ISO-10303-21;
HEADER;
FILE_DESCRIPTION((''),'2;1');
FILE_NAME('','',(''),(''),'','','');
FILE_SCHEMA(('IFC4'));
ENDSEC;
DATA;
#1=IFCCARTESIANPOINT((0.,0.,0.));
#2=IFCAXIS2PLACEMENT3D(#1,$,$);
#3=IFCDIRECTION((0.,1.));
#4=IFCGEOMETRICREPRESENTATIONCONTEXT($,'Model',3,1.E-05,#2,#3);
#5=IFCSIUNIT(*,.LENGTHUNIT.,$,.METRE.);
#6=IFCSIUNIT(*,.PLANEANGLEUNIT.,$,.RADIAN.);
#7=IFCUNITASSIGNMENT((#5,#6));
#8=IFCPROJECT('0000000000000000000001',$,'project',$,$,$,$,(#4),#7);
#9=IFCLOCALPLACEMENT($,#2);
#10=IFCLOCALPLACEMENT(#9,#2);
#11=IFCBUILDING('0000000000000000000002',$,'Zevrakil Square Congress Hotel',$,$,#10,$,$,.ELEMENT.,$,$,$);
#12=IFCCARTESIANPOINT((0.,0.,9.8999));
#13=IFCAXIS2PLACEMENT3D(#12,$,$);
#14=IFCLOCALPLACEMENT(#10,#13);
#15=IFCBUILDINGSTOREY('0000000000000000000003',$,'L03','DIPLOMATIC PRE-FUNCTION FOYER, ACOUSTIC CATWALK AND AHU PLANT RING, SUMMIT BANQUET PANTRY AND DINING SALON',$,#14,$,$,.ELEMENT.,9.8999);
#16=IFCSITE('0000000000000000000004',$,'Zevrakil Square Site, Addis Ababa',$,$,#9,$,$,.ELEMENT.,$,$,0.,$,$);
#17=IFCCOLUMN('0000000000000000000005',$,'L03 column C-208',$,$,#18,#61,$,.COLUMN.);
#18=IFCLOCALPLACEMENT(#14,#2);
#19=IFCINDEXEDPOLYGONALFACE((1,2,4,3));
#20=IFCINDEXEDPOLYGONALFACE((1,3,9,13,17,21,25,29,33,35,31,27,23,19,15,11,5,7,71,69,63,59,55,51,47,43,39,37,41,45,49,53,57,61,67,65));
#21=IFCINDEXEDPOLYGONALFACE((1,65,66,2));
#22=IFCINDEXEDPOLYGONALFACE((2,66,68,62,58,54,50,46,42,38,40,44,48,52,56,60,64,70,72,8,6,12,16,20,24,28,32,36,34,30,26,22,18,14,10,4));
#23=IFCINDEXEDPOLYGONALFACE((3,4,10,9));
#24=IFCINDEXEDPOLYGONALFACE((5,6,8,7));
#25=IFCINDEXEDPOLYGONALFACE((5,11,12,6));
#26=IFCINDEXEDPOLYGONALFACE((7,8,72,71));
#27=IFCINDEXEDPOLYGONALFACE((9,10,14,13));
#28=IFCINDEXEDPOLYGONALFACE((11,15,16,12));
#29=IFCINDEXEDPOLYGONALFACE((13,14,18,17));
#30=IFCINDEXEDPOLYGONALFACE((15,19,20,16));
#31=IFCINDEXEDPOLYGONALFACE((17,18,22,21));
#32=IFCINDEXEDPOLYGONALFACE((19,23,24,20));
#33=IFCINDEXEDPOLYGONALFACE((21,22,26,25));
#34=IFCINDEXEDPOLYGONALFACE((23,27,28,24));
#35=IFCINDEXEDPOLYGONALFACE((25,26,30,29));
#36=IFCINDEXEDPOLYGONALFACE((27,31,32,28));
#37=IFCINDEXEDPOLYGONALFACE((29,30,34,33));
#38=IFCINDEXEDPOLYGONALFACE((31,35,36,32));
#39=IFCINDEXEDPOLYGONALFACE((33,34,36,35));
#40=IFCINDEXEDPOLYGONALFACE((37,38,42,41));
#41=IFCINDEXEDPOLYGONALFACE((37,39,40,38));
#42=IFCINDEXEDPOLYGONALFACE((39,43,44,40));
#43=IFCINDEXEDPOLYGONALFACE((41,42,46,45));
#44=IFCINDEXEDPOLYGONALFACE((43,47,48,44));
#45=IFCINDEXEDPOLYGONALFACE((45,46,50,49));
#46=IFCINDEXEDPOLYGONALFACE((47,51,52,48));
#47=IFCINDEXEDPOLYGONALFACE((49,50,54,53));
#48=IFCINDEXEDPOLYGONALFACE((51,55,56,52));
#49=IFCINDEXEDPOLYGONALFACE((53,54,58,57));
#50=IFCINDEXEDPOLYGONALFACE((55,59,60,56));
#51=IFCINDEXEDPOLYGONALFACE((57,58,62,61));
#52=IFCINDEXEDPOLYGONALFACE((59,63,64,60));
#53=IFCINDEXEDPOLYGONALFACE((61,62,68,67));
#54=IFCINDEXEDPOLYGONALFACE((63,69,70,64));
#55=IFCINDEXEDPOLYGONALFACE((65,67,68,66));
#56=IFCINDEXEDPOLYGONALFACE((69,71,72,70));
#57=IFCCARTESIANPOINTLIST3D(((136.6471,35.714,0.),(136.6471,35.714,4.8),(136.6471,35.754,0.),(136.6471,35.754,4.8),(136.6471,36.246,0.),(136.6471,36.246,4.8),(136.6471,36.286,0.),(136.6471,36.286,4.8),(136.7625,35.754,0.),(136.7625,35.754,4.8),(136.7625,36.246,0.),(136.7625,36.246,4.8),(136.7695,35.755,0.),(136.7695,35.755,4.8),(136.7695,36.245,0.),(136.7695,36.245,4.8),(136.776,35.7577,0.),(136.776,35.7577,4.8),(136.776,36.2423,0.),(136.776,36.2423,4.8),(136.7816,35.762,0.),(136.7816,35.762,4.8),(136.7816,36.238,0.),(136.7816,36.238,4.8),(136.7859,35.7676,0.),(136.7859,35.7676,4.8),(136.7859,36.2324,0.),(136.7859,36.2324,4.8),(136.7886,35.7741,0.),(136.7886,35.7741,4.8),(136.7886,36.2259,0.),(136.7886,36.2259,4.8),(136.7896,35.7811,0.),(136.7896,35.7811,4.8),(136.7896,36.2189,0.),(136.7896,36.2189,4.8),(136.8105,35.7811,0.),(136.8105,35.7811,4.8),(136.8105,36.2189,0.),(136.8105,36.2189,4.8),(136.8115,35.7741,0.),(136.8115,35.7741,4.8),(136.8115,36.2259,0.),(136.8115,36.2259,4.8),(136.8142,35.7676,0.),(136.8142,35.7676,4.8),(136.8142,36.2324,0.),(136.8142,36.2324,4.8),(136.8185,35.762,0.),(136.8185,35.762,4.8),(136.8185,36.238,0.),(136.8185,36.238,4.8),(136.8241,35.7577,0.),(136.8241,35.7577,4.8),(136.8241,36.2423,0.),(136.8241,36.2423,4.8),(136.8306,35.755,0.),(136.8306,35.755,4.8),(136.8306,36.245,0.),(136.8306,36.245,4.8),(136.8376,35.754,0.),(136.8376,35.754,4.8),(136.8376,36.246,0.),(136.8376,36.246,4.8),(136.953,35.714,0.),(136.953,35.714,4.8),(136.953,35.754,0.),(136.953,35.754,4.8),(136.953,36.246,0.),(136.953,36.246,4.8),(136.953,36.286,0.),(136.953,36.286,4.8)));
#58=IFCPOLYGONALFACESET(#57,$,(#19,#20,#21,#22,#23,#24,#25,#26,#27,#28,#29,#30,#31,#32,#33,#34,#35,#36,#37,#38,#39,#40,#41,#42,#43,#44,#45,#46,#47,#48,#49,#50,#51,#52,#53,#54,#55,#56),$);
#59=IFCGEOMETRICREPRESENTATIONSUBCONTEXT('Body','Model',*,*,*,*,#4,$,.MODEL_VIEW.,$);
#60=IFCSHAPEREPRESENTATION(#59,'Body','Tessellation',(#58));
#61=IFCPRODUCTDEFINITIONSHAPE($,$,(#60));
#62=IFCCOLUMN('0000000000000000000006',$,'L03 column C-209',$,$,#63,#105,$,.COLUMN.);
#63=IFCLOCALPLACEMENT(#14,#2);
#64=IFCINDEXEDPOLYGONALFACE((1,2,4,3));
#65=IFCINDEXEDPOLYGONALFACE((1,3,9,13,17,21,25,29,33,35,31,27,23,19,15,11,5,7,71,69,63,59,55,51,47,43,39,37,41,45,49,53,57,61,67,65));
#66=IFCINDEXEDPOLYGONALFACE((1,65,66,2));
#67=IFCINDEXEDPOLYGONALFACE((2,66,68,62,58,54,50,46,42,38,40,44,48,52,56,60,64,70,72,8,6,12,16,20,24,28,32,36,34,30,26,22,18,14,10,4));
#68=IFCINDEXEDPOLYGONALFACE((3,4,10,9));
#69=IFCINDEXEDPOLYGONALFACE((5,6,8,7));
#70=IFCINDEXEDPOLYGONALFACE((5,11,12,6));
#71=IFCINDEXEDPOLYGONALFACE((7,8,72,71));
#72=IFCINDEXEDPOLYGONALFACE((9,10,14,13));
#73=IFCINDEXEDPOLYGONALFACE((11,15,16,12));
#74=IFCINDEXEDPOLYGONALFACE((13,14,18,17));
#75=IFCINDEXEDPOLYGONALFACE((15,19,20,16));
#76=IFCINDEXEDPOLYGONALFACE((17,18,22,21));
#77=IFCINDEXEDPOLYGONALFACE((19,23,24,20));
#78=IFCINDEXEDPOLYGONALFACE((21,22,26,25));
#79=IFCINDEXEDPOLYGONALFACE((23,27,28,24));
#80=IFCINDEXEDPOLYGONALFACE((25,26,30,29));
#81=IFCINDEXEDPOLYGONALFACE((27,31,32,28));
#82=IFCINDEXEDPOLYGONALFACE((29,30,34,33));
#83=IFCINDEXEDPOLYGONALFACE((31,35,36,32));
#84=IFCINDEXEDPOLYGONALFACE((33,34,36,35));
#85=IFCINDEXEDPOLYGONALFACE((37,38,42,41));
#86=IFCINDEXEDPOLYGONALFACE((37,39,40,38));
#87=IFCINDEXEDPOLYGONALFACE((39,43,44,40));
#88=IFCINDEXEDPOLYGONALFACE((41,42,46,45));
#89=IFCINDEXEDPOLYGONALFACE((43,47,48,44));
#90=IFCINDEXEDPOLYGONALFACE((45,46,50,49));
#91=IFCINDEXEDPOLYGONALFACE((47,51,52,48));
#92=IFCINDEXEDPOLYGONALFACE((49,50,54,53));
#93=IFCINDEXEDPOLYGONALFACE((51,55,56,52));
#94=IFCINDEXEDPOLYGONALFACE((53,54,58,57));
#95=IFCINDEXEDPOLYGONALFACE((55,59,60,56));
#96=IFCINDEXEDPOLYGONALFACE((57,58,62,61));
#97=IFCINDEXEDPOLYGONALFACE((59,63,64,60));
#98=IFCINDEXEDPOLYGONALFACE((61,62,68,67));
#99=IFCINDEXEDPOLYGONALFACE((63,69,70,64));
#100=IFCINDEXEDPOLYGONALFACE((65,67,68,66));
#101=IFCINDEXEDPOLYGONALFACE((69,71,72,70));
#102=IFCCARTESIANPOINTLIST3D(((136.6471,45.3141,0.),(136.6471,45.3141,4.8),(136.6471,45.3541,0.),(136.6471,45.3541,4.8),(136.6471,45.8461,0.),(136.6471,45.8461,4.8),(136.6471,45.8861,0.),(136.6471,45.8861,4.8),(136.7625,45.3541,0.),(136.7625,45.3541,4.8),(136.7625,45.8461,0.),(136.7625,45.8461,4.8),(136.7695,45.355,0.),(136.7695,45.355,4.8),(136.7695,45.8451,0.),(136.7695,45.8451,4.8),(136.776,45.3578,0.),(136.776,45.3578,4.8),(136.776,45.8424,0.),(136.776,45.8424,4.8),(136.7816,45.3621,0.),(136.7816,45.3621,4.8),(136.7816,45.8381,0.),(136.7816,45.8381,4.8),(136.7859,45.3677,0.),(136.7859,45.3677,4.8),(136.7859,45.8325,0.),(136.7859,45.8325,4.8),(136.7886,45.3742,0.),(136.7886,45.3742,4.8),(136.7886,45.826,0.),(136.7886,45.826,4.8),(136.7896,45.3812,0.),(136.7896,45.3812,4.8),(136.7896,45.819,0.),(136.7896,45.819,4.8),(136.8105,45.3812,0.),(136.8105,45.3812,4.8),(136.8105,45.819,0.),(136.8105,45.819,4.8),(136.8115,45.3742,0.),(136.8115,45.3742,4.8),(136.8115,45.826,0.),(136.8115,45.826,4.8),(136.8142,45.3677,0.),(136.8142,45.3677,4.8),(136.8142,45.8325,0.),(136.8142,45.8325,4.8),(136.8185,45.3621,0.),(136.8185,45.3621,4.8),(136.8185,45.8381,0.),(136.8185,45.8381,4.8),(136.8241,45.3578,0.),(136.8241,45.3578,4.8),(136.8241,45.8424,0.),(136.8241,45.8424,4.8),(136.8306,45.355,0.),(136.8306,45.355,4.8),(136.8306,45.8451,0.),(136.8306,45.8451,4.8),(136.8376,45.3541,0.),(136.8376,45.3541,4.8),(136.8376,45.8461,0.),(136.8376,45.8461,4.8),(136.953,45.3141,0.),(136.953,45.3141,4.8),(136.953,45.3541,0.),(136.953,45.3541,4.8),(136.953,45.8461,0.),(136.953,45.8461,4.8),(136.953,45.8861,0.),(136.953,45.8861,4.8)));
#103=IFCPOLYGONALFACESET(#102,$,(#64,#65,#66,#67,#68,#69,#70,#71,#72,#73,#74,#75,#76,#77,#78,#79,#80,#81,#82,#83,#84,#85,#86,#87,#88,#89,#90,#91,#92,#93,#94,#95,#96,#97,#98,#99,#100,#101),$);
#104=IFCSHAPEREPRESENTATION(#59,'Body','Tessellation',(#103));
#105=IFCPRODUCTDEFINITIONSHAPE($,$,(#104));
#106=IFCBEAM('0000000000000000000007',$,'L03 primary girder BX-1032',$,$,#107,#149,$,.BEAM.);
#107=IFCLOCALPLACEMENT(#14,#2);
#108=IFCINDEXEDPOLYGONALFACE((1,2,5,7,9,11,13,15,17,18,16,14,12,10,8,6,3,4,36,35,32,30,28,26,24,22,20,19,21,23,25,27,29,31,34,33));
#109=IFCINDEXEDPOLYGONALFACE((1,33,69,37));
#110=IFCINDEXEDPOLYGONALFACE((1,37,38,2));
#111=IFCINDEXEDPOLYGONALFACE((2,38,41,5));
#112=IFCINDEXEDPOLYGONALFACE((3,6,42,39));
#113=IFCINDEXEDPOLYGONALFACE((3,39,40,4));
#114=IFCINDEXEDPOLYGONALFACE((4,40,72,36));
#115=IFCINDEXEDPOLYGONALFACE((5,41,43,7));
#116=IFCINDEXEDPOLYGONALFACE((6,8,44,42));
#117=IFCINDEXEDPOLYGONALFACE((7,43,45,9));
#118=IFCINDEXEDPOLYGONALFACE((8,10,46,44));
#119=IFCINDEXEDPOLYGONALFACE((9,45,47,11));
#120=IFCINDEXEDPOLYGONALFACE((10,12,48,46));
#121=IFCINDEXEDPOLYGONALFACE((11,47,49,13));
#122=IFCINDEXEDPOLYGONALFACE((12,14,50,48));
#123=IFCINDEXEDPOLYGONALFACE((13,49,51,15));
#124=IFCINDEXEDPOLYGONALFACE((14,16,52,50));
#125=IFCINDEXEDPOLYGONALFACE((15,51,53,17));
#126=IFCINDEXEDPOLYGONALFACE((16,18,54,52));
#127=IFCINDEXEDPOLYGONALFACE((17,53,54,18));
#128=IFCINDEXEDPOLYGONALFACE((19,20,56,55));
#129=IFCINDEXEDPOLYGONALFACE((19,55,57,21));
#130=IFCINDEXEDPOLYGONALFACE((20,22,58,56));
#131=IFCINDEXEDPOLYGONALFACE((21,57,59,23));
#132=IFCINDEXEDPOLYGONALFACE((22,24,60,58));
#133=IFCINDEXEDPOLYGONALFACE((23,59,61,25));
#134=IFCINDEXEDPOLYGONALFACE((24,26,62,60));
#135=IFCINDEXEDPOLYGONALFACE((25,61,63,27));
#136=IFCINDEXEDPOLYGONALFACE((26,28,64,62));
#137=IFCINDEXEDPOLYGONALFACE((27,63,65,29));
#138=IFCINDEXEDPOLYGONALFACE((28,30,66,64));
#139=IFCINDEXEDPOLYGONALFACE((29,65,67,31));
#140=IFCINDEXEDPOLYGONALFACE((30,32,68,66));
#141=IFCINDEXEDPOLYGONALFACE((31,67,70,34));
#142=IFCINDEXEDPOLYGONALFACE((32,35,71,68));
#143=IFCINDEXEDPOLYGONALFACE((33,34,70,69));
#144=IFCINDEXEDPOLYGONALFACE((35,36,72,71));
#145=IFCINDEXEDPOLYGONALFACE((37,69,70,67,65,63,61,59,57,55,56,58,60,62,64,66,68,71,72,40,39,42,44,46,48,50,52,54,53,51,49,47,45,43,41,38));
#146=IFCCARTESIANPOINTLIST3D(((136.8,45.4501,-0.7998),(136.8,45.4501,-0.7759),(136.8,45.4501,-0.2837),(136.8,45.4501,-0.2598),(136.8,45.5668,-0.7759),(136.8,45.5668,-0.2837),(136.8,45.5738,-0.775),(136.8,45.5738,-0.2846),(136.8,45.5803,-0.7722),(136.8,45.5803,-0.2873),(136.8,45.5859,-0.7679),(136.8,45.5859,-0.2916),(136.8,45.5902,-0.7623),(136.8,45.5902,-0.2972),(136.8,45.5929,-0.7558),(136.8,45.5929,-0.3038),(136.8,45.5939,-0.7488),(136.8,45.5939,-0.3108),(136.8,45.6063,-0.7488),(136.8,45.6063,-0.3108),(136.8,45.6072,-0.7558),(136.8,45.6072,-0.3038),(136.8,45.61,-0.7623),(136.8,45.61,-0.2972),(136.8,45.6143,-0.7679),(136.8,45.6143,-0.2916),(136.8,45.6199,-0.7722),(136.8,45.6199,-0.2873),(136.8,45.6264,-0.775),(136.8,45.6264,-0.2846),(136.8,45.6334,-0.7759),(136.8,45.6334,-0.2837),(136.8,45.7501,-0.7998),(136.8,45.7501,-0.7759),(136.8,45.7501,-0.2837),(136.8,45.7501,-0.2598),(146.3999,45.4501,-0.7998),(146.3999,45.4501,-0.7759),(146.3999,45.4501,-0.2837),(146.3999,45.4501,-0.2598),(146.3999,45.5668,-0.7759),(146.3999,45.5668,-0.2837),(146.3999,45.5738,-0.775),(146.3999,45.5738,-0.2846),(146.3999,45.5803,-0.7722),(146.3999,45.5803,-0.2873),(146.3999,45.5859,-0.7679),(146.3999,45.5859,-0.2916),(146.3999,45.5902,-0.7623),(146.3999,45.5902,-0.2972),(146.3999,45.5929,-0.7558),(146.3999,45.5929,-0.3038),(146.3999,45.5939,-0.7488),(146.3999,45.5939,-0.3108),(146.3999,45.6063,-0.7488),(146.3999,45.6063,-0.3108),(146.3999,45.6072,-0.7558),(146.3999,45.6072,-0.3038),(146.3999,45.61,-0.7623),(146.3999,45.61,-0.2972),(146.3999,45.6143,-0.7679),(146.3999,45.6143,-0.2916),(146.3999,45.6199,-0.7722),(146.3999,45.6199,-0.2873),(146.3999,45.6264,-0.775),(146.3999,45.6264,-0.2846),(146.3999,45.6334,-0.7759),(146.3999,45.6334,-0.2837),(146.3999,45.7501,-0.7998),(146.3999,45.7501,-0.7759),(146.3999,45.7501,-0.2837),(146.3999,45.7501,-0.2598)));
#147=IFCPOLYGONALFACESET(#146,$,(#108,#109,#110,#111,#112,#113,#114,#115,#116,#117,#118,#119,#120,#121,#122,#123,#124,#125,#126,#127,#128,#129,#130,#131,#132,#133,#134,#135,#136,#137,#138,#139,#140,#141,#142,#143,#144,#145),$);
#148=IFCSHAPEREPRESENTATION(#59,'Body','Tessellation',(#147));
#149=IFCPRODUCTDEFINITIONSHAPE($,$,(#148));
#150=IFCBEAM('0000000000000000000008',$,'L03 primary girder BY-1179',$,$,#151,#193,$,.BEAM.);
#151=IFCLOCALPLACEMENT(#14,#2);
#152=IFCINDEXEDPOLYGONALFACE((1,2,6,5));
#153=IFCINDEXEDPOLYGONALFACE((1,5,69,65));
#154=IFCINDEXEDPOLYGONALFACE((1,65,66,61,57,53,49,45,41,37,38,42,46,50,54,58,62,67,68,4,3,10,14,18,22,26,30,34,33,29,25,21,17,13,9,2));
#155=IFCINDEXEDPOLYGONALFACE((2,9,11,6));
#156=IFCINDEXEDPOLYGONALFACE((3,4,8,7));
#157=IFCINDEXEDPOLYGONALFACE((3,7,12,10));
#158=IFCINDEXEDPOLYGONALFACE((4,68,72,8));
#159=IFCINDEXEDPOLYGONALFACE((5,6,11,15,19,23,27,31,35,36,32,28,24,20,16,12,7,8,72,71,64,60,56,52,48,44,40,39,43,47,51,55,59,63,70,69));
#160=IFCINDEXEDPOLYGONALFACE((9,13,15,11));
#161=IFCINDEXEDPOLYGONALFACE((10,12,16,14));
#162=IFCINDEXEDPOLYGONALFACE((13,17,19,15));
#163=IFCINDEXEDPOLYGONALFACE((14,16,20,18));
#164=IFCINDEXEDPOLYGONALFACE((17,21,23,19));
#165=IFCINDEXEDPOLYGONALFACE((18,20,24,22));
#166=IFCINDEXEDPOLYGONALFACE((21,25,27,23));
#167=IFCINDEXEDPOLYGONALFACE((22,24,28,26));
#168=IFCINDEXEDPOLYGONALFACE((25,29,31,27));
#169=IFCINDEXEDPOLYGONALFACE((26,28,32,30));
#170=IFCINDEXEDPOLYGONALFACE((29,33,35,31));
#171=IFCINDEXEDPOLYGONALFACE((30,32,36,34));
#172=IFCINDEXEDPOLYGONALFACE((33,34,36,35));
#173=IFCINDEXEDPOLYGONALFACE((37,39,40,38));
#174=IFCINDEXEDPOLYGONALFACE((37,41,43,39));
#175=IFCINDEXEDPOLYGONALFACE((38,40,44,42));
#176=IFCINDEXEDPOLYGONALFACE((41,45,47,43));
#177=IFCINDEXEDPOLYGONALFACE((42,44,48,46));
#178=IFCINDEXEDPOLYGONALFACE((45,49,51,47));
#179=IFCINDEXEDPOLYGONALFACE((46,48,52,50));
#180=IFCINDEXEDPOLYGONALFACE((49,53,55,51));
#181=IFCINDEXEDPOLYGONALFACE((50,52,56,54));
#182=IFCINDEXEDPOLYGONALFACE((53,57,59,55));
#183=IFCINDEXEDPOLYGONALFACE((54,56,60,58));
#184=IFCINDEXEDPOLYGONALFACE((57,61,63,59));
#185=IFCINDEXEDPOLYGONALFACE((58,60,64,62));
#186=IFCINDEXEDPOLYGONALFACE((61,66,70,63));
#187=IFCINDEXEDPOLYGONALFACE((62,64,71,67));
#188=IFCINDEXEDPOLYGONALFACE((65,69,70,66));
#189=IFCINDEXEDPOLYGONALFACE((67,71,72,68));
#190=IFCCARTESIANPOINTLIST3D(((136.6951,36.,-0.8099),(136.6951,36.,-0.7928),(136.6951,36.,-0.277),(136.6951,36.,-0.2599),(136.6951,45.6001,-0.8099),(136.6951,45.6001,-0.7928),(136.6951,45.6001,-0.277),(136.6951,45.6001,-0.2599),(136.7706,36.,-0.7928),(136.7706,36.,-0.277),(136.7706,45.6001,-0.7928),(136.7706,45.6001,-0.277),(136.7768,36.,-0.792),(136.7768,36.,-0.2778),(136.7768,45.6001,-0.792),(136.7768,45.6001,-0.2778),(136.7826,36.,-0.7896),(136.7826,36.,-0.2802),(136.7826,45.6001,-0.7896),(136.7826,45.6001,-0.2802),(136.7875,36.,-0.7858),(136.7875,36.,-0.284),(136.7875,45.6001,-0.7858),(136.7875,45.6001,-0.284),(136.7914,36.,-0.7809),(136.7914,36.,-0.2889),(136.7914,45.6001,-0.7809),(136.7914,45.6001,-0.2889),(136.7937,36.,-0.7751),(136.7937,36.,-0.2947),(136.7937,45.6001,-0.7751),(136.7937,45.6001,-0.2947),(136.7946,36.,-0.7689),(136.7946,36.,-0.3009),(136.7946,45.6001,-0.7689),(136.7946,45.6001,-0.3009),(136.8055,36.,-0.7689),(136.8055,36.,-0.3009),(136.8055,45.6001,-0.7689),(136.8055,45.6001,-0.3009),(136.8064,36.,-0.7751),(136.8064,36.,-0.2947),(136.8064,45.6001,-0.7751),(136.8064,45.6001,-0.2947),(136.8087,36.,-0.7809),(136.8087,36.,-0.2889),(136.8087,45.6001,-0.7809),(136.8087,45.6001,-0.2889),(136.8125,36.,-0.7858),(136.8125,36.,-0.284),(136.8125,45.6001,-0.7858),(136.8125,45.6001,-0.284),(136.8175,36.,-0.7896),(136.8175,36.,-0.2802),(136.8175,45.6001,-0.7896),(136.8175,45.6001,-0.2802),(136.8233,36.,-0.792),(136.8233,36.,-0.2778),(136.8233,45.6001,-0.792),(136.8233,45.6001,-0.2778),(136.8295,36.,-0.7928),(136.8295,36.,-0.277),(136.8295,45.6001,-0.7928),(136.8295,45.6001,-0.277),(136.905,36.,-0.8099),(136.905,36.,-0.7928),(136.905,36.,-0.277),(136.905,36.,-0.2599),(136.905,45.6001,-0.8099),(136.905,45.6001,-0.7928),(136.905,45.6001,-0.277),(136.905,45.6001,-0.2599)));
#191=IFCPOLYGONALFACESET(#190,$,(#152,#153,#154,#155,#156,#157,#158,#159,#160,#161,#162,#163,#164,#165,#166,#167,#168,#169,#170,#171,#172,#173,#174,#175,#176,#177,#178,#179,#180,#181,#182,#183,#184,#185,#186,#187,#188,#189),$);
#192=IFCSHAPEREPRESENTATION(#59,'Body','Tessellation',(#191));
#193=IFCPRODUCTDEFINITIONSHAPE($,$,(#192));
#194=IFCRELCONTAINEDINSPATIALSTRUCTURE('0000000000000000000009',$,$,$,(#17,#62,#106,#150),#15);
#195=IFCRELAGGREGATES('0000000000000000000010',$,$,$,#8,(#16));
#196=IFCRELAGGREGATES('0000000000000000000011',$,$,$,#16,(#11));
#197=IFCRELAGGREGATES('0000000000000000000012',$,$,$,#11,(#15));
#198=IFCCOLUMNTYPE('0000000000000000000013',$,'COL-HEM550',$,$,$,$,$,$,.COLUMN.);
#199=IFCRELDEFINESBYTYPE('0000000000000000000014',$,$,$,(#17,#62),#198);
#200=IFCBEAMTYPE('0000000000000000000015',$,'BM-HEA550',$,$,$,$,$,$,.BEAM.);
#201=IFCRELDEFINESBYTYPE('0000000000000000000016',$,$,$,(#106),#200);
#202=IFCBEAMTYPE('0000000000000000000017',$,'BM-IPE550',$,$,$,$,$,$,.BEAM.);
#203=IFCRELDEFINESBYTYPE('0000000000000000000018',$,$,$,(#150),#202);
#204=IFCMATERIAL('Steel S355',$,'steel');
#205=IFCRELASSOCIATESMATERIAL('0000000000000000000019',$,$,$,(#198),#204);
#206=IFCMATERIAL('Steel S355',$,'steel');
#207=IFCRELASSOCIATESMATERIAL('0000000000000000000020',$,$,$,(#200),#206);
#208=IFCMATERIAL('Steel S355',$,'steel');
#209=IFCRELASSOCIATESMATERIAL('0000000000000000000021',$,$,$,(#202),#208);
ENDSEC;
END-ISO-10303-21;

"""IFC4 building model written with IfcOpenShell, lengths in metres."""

from ifc_helpers import new_model, si_unit, direction, frame, origin, origin_2d, place, context, subcontext, project, spatial, i_section, extrude, material, material_profile, profile_set, type_object, element, save


model = new_model("IFC4")

# Units and contexts
model_context = context("Model", 3, precision=1e-05, world=origin(), true_north=direction((0.0, 1.0)))
body_context = subcontext(model_context, "Body", "Model", "MODEL_VIEW")
ifc_project = project(units=[si_unit("LENGTHUNIT", "METRE"), si_unit("PLANEANGLEUNIT", "RADIAN")], contexts=[model_context])

# Site, building, storey
site_placement = place(None, origin())
site = spatial("IfcSite", under=ifc_project, at=site_placement, Name="Zevrakil Square Site, Addis Ababa", CompositionType="ELEMENT", RefElevation=0.0)
building_placement = place(site_placement, origin())
building = spatial("IfcBuilding", under=site, at=building_placement, Name="Zevrakil Square Congress Hotel", CompositionType="ELEMENT")
storey_placement = place(building_placement, frame((0.0, 0.0, 9.8999)))
storey = spatial("IfcBuildingStorey", under=building, at=storey_placement, Name="L03", Description="DIPLOMATIC PRE-FUNCTION FOYER, ACOUSTIC CATWALK AND AHU PLANT RING, SUMMIT BANQUET PANTRY AND DINING SALON", CompositionType="ELEMENT", Elevation=9.8999)

# Columns
ifc_material_1 = material(Name="Steel S355", Category="steel")
ifc_material_profile_1 = material_profile(ifc_material_1, i_section(OverallWidth=0.3059, OverallDepth=0.572, WebThickness=0.021, FlangeThickness=0.04, FilletRadius=0.0271, at=origin_2d()), Name="HEM 550")
ifc_profile_set_1 = profile_set([ifc_material_profile_1], Name="Steel S355")
column_type = type_object("IfcColumnType", Name="COL-HEM550", PredefinedType="COLUMN", material=ifc_profile_set_1)
for number, where, z_axis, x_axis, name in (
    (1, (136.8, 36.0, 0.0), (0.0, 0.0, 1.0), (1.0, 0.0, 0.0), "L03 column C-208"),
    (2, (136.8, 45.6001, 0.0), (0.0, 0.0, 1.0), (1.0, 0.0, 0.0), "L03 column C-209"),
):
    element("IfcColumn", number, at=place(storey_placement, frame(where, z_axis=z_axis, x_axis=x_axis)), inside=storey, type_object=column_type, Name=name, PredefinedType="COLUMN", context=body_context, shape_type="SweptSolid", body=[
        extrude(i_section(OverallWidth=0.3059, OverallDepth=0.572, WebThickness=0.021, FlangeThickness=0.04, FilletRadius=0.0271, at=origin_2d()), origin(), (0.0, 0.0, 1.0), 4.8),
    ])

# Beams
ifc_material_2 = material(Name="Steel S355", Category="steel")
ifc_material_profile_2 = material_profile(ifc_material_2, i_section(OverallWidth=0.3, OverallDepth=0.54, WebThickness=0.0125, FlangeThickness=0.0239, FilletRadius=0.0271, at=origin_2d()), Name="HEA 550")
ifc_profile_set_2 = profile_set([ifc_material_profile_2], Name="Steel S355")
beam_type_1 = type_object("IfcBeamType", Name="BM-HEA550", PredefinedType="BEAM", material=ifc_profile_set_2)
beam_1_placement = place(storey_placement, frame((136.8, 45.6001, -0.5298), z_axis=(1.0, 0.0, 0.0), x_axis=(0.0, 1.0, 0.0)))
element("IfcBeam", 3, at=beam_1_placement, inside=storey, type_object=beam_type_1, Name="L03 primary girder BX-1032", PredefinedType="BEAM", context=body_context, shape_type="SweptSolid", body=[
    extrude(i_section(OverallWidth=0.3, OverallDepth=0.54, WebThickness=0.0125, FlangeThickness=0.0239, FilletRadius=0.0271, at=origin_2d()), origin(), (0.0, 0.0, 1.0), 9.5999),
])
ifc_material_3 = material(Name="Steel S355", Category="steel")
ifc_material_profile_3 = material_profile(ifc_material_3, i_section(OverallWidth=0.21, OverallDepth=0.55, WebThickness=0.011, FlangeThickness=0.0171, FilletRadius=0.0239, at=origin_2d()), Name="IPE 550")
ifc_profile_set_3 = profile_set([ifc_material_profile_3], Name="Steel S355")
beam_type_2 = type_object("IfcBeamType", Name="BM-IPE550", PredefinedType="BEAM", material=ifc_profile_set_3)
beam_2_placement = place(storey_placement, frame((136.8, 36.0, -0.5349), z_axis=(0.0, 1.0, 0.0), x_axis=(-1.0, 0.0, 0.0)))
element("IfcBeam", 4, at=beam_2_placement, inside=storey, type_object=beam_type_2, Name="L03 primary girder BY-1179", PredefinedType="BEAM", context=body_context, shape_type="SweptSolid", body=[
    extrude(i_section(OverallWidth=0.21, OverallDepth=0.55, WebThickness=0.011, FlangeThickness=0.0171, FilletRadius=0.0239, at=origin_2d()), origin(), (0.0, 0.0, 1.0), 9.6001),
])

save(model, "model.ifc")
